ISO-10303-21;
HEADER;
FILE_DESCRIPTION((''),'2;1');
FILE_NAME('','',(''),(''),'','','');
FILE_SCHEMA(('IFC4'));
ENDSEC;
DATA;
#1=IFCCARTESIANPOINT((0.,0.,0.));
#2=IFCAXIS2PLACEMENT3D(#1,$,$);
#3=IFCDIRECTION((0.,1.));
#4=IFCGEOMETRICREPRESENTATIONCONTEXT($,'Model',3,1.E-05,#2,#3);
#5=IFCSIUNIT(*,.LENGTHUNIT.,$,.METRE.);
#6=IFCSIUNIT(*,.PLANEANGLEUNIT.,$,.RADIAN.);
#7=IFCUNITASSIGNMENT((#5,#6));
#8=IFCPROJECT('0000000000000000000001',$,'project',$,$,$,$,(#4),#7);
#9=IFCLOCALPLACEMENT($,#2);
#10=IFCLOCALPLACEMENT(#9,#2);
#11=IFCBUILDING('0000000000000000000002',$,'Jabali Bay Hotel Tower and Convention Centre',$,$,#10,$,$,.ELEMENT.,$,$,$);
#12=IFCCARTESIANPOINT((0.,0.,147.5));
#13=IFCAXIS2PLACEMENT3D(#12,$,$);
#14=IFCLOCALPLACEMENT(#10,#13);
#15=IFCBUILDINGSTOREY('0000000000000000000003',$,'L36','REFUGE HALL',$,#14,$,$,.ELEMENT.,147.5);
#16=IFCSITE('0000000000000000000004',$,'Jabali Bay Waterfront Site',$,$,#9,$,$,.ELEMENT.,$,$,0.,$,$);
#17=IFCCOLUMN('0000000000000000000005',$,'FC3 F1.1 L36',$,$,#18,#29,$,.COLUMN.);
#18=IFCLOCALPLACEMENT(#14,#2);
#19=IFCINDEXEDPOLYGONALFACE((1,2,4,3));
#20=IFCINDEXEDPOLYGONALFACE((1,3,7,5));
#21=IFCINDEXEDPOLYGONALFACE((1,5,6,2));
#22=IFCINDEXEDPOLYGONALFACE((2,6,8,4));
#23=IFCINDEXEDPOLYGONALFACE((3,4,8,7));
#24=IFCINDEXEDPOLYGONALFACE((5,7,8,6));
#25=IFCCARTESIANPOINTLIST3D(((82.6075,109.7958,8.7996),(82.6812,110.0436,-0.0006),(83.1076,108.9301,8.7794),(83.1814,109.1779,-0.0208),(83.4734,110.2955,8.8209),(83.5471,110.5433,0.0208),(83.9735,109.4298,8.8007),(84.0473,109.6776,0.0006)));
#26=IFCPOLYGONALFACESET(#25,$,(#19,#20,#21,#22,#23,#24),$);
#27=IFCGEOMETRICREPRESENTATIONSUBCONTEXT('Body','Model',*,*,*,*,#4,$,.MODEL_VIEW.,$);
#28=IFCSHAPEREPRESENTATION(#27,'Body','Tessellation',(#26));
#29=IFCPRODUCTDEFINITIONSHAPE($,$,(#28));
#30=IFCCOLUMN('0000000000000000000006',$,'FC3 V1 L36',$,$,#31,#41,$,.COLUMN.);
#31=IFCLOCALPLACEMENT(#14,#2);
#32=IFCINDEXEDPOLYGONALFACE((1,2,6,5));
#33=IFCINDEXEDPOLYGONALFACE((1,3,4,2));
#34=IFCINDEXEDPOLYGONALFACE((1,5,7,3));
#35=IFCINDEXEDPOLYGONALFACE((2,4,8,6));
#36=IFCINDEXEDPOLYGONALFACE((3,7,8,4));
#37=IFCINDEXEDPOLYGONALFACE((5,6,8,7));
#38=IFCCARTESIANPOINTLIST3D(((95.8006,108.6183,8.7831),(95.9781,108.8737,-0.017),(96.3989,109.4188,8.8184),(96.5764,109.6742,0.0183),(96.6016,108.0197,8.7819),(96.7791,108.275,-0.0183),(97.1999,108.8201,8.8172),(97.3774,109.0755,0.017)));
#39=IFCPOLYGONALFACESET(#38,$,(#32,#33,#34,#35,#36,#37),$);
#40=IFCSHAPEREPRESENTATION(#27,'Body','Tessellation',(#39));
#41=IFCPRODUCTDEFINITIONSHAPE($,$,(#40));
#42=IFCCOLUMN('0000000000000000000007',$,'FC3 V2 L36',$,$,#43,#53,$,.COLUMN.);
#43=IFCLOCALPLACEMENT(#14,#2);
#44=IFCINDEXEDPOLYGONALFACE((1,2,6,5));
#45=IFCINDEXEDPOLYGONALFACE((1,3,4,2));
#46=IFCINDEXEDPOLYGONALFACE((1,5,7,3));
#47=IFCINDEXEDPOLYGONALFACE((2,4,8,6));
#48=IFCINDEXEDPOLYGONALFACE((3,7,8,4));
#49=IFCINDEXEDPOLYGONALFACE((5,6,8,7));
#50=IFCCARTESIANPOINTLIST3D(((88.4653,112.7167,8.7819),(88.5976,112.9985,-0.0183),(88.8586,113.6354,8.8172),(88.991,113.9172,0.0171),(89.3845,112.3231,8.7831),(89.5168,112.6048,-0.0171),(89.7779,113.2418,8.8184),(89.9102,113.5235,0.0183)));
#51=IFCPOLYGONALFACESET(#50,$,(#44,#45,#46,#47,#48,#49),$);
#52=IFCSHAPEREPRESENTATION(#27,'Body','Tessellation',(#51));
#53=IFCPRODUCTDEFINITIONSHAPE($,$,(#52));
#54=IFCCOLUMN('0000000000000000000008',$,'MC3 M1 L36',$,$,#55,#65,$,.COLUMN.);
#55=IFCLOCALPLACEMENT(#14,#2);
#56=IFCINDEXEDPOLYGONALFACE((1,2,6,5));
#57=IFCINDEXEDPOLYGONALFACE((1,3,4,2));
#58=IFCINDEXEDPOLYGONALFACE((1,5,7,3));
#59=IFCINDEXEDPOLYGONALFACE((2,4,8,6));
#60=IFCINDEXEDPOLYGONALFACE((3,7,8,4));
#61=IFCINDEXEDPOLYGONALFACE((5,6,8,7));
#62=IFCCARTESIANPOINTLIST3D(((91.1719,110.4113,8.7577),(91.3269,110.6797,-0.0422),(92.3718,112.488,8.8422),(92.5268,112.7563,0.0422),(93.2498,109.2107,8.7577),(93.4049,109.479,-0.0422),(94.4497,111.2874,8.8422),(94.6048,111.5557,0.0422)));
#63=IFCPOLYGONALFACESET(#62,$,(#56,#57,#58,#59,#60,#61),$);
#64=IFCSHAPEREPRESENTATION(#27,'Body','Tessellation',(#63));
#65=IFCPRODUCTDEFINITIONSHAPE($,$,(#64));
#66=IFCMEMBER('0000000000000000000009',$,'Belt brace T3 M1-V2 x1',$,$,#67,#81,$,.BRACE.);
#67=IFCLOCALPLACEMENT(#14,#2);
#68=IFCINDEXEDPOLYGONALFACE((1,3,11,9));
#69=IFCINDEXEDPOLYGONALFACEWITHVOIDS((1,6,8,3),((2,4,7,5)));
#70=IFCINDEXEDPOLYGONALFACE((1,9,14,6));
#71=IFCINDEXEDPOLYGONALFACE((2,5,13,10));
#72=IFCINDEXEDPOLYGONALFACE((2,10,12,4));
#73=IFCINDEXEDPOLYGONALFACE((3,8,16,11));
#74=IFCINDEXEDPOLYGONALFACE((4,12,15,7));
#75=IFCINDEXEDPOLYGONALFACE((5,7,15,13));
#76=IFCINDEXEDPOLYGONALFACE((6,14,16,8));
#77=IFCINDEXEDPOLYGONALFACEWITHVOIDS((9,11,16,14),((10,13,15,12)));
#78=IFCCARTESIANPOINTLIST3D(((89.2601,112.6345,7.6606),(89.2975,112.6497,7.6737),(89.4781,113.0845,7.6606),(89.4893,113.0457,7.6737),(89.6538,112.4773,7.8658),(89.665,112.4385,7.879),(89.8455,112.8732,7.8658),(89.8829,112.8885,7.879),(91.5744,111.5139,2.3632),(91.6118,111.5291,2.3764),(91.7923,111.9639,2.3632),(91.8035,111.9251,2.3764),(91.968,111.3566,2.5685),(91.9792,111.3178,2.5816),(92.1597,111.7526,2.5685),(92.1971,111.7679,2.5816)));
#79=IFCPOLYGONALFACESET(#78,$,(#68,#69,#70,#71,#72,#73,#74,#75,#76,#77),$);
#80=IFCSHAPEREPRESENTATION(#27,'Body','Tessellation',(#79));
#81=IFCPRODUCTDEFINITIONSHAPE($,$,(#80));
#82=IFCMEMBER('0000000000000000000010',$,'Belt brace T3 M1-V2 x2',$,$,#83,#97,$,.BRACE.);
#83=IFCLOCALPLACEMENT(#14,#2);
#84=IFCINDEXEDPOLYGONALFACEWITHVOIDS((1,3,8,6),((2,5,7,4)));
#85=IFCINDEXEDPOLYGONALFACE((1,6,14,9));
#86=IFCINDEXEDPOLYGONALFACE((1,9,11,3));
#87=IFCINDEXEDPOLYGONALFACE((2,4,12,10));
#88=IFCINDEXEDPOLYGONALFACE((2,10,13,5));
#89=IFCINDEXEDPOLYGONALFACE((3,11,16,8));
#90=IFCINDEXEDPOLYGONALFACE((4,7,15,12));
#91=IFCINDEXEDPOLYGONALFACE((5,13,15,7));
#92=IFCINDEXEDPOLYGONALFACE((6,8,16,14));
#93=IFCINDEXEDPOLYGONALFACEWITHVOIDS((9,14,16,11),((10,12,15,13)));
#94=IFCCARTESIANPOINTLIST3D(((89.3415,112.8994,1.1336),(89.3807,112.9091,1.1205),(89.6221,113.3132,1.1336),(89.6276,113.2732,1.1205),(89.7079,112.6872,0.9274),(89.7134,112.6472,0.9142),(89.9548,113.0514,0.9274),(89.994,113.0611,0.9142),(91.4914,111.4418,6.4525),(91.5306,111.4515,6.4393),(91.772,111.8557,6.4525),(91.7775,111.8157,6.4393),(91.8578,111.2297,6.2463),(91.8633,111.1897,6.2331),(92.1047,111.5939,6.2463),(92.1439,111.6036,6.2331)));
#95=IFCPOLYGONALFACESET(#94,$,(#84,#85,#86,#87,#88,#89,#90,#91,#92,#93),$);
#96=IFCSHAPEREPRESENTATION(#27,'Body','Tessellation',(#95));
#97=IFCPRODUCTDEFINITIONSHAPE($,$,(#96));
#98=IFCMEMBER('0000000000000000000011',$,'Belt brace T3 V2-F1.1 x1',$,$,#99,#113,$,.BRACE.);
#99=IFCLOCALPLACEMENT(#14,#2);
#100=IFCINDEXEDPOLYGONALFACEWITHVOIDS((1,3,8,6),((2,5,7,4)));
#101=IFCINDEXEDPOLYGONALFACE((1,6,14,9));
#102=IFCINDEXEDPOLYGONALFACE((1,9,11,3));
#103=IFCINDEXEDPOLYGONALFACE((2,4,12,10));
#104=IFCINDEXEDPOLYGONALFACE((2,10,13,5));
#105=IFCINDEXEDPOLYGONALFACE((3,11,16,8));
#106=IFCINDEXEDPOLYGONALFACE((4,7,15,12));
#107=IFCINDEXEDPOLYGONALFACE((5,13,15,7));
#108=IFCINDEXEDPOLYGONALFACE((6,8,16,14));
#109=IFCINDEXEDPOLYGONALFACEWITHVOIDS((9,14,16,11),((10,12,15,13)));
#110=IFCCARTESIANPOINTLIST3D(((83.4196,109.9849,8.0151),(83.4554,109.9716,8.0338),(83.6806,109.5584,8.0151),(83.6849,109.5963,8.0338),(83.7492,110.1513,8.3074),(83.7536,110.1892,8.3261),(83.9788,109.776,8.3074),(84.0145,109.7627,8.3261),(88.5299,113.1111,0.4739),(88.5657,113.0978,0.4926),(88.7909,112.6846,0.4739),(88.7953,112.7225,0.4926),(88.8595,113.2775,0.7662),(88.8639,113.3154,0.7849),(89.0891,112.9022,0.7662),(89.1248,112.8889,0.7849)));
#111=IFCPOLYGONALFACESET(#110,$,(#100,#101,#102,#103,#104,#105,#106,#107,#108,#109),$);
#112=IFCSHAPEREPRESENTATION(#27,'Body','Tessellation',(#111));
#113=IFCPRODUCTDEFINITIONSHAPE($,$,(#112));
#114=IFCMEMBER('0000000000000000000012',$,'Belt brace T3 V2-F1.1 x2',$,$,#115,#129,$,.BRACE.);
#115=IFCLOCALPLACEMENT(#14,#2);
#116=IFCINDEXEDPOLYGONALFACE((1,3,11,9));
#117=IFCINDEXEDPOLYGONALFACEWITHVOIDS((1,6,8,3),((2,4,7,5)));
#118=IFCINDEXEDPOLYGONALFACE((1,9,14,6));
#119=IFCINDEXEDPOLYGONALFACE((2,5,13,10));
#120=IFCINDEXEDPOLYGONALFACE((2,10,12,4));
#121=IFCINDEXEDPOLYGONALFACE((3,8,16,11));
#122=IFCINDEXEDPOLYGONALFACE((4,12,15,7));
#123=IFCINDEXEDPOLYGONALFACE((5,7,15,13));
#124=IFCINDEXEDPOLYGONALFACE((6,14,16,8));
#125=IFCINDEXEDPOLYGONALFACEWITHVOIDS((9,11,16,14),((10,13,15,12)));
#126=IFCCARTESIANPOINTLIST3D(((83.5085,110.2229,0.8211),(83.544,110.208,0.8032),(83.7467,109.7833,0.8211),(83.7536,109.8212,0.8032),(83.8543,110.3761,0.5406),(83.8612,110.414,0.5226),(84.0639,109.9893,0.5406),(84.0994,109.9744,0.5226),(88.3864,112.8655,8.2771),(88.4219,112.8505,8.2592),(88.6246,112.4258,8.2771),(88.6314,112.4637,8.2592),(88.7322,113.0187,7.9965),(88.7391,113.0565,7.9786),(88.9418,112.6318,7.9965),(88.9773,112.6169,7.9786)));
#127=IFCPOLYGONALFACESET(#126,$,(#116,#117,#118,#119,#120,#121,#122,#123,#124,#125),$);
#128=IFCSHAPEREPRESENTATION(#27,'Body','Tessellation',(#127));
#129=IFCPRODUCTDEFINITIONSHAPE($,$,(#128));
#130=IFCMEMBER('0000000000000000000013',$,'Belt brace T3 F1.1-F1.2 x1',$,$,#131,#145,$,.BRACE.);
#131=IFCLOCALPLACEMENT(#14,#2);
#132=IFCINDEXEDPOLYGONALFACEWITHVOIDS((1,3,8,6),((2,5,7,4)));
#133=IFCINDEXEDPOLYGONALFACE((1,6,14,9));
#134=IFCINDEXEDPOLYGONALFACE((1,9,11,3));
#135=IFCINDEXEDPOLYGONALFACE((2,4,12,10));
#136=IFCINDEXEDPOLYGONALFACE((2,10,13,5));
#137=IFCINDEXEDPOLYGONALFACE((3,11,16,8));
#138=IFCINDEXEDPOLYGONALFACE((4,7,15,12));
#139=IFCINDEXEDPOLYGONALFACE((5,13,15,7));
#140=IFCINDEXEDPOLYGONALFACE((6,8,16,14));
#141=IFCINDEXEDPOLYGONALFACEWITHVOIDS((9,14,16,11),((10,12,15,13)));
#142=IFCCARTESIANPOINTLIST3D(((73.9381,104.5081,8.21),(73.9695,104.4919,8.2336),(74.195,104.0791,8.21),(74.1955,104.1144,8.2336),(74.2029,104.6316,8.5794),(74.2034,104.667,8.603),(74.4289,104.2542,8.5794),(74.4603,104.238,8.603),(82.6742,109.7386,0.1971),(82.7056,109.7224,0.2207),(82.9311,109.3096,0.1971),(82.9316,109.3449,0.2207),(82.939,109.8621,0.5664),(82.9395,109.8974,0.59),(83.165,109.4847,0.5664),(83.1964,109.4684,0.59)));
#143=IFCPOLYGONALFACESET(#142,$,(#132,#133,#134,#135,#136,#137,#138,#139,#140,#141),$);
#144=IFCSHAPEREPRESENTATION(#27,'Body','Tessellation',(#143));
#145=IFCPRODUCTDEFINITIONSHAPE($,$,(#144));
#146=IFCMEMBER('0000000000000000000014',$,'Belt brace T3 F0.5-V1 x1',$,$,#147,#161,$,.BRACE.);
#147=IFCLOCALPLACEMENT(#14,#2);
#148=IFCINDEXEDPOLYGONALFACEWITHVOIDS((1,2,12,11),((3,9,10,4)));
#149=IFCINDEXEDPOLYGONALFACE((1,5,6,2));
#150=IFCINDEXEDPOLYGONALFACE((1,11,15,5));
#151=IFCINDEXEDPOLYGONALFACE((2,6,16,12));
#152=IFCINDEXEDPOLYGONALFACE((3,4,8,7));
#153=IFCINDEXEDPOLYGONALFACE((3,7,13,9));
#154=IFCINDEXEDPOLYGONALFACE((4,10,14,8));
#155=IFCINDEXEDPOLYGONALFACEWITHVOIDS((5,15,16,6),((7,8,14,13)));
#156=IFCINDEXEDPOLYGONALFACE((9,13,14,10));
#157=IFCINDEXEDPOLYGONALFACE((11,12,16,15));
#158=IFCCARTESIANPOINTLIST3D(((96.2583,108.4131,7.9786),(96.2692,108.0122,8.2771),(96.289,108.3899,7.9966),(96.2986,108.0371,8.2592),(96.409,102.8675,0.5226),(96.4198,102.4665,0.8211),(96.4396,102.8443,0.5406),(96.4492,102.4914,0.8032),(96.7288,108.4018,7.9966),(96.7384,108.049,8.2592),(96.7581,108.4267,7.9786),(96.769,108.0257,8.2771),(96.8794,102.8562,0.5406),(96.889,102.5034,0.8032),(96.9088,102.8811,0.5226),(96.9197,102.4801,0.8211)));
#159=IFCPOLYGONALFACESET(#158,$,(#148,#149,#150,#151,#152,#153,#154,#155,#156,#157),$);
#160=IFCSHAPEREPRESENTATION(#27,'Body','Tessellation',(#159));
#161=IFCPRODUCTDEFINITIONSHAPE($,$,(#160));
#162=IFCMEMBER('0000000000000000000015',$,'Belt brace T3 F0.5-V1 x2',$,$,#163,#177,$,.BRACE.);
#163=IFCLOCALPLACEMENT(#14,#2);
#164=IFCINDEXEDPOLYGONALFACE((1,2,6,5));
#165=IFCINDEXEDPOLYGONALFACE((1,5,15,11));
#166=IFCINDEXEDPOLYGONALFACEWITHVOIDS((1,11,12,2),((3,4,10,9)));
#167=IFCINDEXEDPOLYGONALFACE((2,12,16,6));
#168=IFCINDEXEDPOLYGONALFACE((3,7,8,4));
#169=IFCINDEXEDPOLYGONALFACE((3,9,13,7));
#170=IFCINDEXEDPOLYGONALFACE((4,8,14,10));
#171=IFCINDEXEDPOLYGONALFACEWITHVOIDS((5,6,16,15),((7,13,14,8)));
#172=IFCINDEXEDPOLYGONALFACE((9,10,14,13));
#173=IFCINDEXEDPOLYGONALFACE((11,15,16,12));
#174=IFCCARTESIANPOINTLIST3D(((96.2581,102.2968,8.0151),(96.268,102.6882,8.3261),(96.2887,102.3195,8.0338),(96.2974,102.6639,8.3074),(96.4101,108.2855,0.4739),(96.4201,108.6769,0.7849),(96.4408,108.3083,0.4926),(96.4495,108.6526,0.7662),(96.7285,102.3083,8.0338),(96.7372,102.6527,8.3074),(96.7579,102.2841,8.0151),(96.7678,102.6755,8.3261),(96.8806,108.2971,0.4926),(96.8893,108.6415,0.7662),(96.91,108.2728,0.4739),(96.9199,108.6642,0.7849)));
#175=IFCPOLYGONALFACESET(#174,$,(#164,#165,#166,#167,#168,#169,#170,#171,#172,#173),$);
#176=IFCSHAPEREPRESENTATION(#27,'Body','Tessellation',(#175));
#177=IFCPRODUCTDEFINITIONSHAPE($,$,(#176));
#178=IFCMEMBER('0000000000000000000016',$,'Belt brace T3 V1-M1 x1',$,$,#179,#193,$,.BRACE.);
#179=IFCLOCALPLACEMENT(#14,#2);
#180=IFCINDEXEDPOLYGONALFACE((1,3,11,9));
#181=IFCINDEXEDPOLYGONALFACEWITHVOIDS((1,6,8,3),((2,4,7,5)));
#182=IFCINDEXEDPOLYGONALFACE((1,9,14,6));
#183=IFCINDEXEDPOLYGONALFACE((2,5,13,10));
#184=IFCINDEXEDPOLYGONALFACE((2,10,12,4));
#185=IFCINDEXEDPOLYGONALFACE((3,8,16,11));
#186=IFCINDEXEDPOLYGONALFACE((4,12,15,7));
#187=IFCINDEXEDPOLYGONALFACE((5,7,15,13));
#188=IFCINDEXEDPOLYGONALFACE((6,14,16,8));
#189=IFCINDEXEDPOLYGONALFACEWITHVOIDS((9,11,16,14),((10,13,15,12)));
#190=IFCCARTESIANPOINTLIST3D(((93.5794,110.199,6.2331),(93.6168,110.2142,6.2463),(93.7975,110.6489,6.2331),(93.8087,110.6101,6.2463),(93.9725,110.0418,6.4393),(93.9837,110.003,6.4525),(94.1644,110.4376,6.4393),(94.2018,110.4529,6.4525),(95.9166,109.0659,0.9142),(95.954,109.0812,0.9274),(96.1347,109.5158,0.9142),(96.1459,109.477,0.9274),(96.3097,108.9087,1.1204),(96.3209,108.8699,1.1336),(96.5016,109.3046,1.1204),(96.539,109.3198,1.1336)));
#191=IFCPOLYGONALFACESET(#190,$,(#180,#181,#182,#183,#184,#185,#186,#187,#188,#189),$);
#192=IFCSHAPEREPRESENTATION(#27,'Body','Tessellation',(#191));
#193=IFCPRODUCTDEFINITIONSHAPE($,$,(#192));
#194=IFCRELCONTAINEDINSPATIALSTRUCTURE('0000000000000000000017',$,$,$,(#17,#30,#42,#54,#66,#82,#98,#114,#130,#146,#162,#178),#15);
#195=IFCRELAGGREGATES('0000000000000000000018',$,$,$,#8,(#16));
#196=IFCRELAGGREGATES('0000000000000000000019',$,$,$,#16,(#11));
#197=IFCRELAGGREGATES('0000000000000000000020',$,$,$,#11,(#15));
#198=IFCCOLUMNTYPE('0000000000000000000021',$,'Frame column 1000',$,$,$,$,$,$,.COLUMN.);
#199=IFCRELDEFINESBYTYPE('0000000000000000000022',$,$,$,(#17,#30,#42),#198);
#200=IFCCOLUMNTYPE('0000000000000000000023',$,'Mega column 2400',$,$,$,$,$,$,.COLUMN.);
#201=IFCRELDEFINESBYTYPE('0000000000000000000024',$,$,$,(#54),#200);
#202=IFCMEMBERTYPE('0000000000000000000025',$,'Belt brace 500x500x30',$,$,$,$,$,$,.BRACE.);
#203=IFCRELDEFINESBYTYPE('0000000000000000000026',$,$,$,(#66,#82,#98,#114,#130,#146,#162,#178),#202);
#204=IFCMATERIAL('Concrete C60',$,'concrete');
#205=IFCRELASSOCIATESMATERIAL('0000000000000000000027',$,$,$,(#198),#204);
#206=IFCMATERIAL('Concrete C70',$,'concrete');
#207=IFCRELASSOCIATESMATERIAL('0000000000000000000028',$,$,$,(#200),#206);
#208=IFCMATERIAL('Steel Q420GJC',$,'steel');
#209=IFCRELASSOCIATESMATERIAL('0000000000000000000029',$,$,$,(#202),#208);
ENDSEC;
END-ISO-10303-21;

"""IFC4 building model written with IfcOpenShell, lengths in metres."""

from ifc_helpers import new_model, si_unit, direction, frame, origin, origin_2d, place, context, subcontext, project, spatial, rectangle, hollow_rectangle, extrude, material, material_profile, profile_set, type_object, element, save


model = new_model("IFC4")

# Units and contexts
model_context = context("Model", 3, precision=1e-05, world=origin(), true_north=direction((0.0, 1.0)))
body_context = subcontext(model_context, "Body", "Model", "MODEL_VIEW")
ifc_project = project(units=[si_unit("LENGTHUNIT", "METRE"), si_unit("PLANEANGLEUNIT", "RADIAN")], contexts=[model_context])

# Site, building, storey
site_placement = place(None, origin())
site = spatial("IfcSite", under=ifc_project, at=site_placement, Name="Jabali Bay Waterfront Site", CompositionType="ELEMENT", RefElevation=0.0)
building_placement = place(site_placement, origin())
building = spatial("IfcBuilding", under=site, at=building_placement, Name="Jabali Bay Hotel Tower and Convention Centre", CompositionType="ELEMENT")
storey_placement = place(building_placement, frame((0.0, 0.0, 147.5)))
storey = spatial("IfcBuildingStorey", under=building, at=storey_placement, Name="L36", Description="REFUGE HALL", CompositionType="ELEMENT", Elevation=147.5)

# Columns
ifc_material_1 = material(Name="Concrete C60", Category="concrete")
ifc_material_profile_1 = material_profile(ifc_material_1, rectangle(XDim=1.0, YDim=1.0, at=origin_2d()), Name="Frame column 1000")
ifc_profile_set_1 = profile_set([ifc_material_profile_1], Name="Concrete C60")
column_type_1 = type_object("IfcColumnType", Name="Frame column 1000", PredefinedType="COLUMN", material=ifc_profile_set_1)
column_1_placement = place(storey_placement, frame((83.3643, 109.8606, 0.0), z_axis=(-0.008375, -0.028147, 0.999569), x_axis=(0.865905, 0.499754, 0.021328)))
element("IfcColumn", 1, at=column_1_placement, inside=storey, type_object=column_type_1, Name="FC3 F1.1 L36", PredefinedType="COLUMN", context=body_context, shape_type="SweptSolid", body=[
    extrude(rectangle(XDim=1.0, YDim=1.0, at=origin_2d()), origin(), (0.0, 0.0, 1.0), 8.804),
])
for number, where, z_axis, x_axis, name in (
    (2, (96.6777, 108.9746, 0.0), (-0.020157, -0.029001, 0.999376), (0.598346, 0.80046, 0.035297), "FC3 V1 L36"),
    (3, (89.2539, 113.261, 0.0), (-0.015027, -0.031996, 0.999375), (0.919253, -0.393666, 0.001219), "FC3 V2 L36"),
):
    element("IfcColumn", number, at=place(storey_placement, frame(where, z_axis=z_axis, x_axis=x_axis)), inside=storey, type_object=column_type_1, Name=name, PredefinedType="COLUMN", context=body_context, shape_type="SweptSolid", body=[
        extrude(rectangle(XDim=1.0, YDim=1.0, at=origin_2d()), origin(), (0.0, 0.0, 1.0), 8.8057),
    ])
ifc_material_2 = material(Name="Concrete C70", Category="concrete")
ifc_material_profile_2 = material_profile(ifc_material_2, rectangle(XDim=2.3999, YDim=2.3999, at=origin_2d()), Name="Mega column 2400")
ifc_profile_set_2 = profile_set([ifc_material_profile_2], Name="Concrete C70")
column_type_2 = type_object("IfcColumnType", Name="Mega column 2400", PredefinedType="COLUMN", material=ifc_profile_set_2)
column_2_placement = place(storey_placement, frame((92.9658, 111.1177, 0.0), z_axis=(-0.017606, -0.030471, 0.999381), x_axis=(0.865859, -0.500289, 0.0)))
element("IfcColumn", 4, at=column_2_placement, inside=storey, type_object=column_type_2, Name="MC3 M1 L36", PredefinedType="COLUMN", context=body_context, shape_type="SweptSolid", body=[
    extrude(rectangle(XDim=2.3999, YDim=2.3999, at=origin_2d()), origin(), (0.0, 0.0, 1.0), 8.8054),
])

# Members
ifc_material_3 = material(Name="Steel Q420GJC", Category="steel")
ifc_material_profile_3 = material_profile(ifc_material_3, hollow_rectangle(XDim=0.5, YDim=0.5, WallThickness=0.03, at=origin_2d()), Name="Belt brace 500x500x30")
ifc_profile_set_3 = profile_set([ifc_material_profile_3], Name="Steel Q420GJC")
member_type_1 = type_object("IfcMemberType", Name="Belt brace 500x500x30", PredefinedType="BRACE", material=ifc_profile_set_3)
member_1_placement = place(storey_placement, frame((91.8857, 111.6409, 2.4724), z_axis=(-0.393011, 0.190307, 0.899625), x_axis=(-0.435822, -0.900033, 0.0)))
element("IfcMember", 5, at=member_1_placement, inside=storey, type_object=member_type_1, Name="Belt brace T3 M1-V2 x1", PredefinedType="BRACE", context=body_context, shape_type="SweptSolid", body=[
    extrude(hollow_rectangle(XDim=0.5, YDim=0.5, WallThickness=0.03, at=origin_2d()), origin(), (0.0, 0.0, 1.0), 5.8884),
])
member_2_placement = place(storey_placement, frame((89.6677, 112.9802, 1.0239), z_axis=(0.36321, -0.246237, 0.89858), x_axis=(0.561147, 0.827716, 0.0)))
element("IfcMember", 6, at=member_2_placement, inside=storey, type_object=member_type_1, Name="Belt brace T3 M1-V2 x2", PredefinedType="BRACE", context=body_context, shape_type="SweptSolid", body=[
    extrude(hollow_rectangle(XDim=0.5, YDim=0.5, WallThickness=0.03, at=origin_2d()), origin(), (0.0, 0.0, 1.0), 5.9192),
])
member_3_placement = place(storey_placement, frame((88.8274, 113.0, 0.6294), z_axis=(-0.530605, -0.324594, 0.783005), x_axis=(0.521842, -0.853042, 0.0)))
element("IfcMember", 7, at=member_3_placement, inside=storey, type_object=member_type_1, Name="Belt brace T3 V2-F1.1 x1", PredefinedType="BRACE", context=body_context, shape_type="SweptSolid", body=[
    extrude(hollow_rectangle(XDim=0.5, YDim=0.5, WallThickness=0.03, at=origin_2d()), origin(), (0.0, 0.0, 1.0), 9.6311),
])
member_4_placement = place(storey_placement, frame((83.804, 110.0986, 0.6719), z_axis=(0.524872, 0.284345, 0.802282), x_axis=(-0.476334, 0.879264, 0.0)))
element("IfcMember", 8, at=member_4_placement, inside=storey, type_object=member_type_1, Name="Belt brace T3 V2-F1.1 x2", PredefinedType="BRACE", context=body_context, shape_type="SweptSolid", body=[
    extrude(hollow_rectangle(XDim=0.5, YDim=0.5, WallThickness=0.03, at=origin_2d()), origin(), (0.0, 0.0, 1.0), 9.2935),
])
member_5_placement = place(storey_placement, frame((82.9353, 109.6035, 0.3936), z_axis=(-0.674236, -0.403679, 0.618425), x_axis=(0.513688, -0.857977, 0.0)))
element("IfcMember", 9, at=member_5_placement, inside=storey, type_object=member_type_1, Name="Belt brace T3 F1.1-F1.2 x1", PredefinedType="BRACE", context=body_context, shape_type="SweptSolid", body=[
    extrude(hollow_rectangle(XDim=0.5, YDim=0.5, WallThickness=0.03, at=origin_2d()), origin(), (0.0, 0.0, 1.0), 12.957),
])
member_6_placement = place(storey_placement, frame((96.6643, 102.6738, 0.6719), z_axis=(-0.016209, 0.596722, 0.802284), x_axis=(-0.999631, -0.027153, 0.0)))
element("IfcMember", 10, at=member_6_placement, inside=storey, type_object=member_type_1, Name="Belt brace T3 F0.5-V1 x1", PredefinedType="BRACE", context=body_context, shape_type="SweptSolid", body=[
    extrude(hollow_rectangle(XDim=0.5, YDim=0.5, WallThickness=0.03, at=origin_2d()), origin(), (0.0, 0.0, 1.0), 9.2935),
])
member_7_placement = place(storey_placement, frame((96.665, 108.4749, 0.6294), z_axis=(-0.015792, -0.621812, 0.783007), x_axis=(0.999678, -0.025389, 0.0)))
element("IfcMember", 11, at=member_7_placement, inside=storey, type_object=member_type_1, Name="Belt brace T3 F0.5-V1 x2", PredefinedType="BRACE", context=body_context, shape_type="SweptSolid", body=[
    extrude(hollow_rectangle(XDim=0.5, YDim=0.5, WallThickness=0.03, at=origin_2d()), origin(), (0.0, 0.0, 1.0), 9.6311),
])
member_8_placement = place(storey_placement, frame((96.2278, 109.1929, 1.0239), z_axis=(-0.394847, 0.191422, 0.898584), x_axis=(-0.436239, -0.899831, 0.0)))
element("IfcMember", 12, at=member_8_placement, inside=storey, type_object=member_type_1, Name="Belt brace T3 V1-M1 x1", PredefinedType="BRACE", context=body_context, shape_type="SweptSolid", body=[
    extrude(hollow_rectangle(XDim=0.5, YDim=0.5, WallThickness=0.03, at=origin_2d()), origin(), (0.0, 0.0, 1.0), 5.9192),
])

save(model, "model.ifc")
